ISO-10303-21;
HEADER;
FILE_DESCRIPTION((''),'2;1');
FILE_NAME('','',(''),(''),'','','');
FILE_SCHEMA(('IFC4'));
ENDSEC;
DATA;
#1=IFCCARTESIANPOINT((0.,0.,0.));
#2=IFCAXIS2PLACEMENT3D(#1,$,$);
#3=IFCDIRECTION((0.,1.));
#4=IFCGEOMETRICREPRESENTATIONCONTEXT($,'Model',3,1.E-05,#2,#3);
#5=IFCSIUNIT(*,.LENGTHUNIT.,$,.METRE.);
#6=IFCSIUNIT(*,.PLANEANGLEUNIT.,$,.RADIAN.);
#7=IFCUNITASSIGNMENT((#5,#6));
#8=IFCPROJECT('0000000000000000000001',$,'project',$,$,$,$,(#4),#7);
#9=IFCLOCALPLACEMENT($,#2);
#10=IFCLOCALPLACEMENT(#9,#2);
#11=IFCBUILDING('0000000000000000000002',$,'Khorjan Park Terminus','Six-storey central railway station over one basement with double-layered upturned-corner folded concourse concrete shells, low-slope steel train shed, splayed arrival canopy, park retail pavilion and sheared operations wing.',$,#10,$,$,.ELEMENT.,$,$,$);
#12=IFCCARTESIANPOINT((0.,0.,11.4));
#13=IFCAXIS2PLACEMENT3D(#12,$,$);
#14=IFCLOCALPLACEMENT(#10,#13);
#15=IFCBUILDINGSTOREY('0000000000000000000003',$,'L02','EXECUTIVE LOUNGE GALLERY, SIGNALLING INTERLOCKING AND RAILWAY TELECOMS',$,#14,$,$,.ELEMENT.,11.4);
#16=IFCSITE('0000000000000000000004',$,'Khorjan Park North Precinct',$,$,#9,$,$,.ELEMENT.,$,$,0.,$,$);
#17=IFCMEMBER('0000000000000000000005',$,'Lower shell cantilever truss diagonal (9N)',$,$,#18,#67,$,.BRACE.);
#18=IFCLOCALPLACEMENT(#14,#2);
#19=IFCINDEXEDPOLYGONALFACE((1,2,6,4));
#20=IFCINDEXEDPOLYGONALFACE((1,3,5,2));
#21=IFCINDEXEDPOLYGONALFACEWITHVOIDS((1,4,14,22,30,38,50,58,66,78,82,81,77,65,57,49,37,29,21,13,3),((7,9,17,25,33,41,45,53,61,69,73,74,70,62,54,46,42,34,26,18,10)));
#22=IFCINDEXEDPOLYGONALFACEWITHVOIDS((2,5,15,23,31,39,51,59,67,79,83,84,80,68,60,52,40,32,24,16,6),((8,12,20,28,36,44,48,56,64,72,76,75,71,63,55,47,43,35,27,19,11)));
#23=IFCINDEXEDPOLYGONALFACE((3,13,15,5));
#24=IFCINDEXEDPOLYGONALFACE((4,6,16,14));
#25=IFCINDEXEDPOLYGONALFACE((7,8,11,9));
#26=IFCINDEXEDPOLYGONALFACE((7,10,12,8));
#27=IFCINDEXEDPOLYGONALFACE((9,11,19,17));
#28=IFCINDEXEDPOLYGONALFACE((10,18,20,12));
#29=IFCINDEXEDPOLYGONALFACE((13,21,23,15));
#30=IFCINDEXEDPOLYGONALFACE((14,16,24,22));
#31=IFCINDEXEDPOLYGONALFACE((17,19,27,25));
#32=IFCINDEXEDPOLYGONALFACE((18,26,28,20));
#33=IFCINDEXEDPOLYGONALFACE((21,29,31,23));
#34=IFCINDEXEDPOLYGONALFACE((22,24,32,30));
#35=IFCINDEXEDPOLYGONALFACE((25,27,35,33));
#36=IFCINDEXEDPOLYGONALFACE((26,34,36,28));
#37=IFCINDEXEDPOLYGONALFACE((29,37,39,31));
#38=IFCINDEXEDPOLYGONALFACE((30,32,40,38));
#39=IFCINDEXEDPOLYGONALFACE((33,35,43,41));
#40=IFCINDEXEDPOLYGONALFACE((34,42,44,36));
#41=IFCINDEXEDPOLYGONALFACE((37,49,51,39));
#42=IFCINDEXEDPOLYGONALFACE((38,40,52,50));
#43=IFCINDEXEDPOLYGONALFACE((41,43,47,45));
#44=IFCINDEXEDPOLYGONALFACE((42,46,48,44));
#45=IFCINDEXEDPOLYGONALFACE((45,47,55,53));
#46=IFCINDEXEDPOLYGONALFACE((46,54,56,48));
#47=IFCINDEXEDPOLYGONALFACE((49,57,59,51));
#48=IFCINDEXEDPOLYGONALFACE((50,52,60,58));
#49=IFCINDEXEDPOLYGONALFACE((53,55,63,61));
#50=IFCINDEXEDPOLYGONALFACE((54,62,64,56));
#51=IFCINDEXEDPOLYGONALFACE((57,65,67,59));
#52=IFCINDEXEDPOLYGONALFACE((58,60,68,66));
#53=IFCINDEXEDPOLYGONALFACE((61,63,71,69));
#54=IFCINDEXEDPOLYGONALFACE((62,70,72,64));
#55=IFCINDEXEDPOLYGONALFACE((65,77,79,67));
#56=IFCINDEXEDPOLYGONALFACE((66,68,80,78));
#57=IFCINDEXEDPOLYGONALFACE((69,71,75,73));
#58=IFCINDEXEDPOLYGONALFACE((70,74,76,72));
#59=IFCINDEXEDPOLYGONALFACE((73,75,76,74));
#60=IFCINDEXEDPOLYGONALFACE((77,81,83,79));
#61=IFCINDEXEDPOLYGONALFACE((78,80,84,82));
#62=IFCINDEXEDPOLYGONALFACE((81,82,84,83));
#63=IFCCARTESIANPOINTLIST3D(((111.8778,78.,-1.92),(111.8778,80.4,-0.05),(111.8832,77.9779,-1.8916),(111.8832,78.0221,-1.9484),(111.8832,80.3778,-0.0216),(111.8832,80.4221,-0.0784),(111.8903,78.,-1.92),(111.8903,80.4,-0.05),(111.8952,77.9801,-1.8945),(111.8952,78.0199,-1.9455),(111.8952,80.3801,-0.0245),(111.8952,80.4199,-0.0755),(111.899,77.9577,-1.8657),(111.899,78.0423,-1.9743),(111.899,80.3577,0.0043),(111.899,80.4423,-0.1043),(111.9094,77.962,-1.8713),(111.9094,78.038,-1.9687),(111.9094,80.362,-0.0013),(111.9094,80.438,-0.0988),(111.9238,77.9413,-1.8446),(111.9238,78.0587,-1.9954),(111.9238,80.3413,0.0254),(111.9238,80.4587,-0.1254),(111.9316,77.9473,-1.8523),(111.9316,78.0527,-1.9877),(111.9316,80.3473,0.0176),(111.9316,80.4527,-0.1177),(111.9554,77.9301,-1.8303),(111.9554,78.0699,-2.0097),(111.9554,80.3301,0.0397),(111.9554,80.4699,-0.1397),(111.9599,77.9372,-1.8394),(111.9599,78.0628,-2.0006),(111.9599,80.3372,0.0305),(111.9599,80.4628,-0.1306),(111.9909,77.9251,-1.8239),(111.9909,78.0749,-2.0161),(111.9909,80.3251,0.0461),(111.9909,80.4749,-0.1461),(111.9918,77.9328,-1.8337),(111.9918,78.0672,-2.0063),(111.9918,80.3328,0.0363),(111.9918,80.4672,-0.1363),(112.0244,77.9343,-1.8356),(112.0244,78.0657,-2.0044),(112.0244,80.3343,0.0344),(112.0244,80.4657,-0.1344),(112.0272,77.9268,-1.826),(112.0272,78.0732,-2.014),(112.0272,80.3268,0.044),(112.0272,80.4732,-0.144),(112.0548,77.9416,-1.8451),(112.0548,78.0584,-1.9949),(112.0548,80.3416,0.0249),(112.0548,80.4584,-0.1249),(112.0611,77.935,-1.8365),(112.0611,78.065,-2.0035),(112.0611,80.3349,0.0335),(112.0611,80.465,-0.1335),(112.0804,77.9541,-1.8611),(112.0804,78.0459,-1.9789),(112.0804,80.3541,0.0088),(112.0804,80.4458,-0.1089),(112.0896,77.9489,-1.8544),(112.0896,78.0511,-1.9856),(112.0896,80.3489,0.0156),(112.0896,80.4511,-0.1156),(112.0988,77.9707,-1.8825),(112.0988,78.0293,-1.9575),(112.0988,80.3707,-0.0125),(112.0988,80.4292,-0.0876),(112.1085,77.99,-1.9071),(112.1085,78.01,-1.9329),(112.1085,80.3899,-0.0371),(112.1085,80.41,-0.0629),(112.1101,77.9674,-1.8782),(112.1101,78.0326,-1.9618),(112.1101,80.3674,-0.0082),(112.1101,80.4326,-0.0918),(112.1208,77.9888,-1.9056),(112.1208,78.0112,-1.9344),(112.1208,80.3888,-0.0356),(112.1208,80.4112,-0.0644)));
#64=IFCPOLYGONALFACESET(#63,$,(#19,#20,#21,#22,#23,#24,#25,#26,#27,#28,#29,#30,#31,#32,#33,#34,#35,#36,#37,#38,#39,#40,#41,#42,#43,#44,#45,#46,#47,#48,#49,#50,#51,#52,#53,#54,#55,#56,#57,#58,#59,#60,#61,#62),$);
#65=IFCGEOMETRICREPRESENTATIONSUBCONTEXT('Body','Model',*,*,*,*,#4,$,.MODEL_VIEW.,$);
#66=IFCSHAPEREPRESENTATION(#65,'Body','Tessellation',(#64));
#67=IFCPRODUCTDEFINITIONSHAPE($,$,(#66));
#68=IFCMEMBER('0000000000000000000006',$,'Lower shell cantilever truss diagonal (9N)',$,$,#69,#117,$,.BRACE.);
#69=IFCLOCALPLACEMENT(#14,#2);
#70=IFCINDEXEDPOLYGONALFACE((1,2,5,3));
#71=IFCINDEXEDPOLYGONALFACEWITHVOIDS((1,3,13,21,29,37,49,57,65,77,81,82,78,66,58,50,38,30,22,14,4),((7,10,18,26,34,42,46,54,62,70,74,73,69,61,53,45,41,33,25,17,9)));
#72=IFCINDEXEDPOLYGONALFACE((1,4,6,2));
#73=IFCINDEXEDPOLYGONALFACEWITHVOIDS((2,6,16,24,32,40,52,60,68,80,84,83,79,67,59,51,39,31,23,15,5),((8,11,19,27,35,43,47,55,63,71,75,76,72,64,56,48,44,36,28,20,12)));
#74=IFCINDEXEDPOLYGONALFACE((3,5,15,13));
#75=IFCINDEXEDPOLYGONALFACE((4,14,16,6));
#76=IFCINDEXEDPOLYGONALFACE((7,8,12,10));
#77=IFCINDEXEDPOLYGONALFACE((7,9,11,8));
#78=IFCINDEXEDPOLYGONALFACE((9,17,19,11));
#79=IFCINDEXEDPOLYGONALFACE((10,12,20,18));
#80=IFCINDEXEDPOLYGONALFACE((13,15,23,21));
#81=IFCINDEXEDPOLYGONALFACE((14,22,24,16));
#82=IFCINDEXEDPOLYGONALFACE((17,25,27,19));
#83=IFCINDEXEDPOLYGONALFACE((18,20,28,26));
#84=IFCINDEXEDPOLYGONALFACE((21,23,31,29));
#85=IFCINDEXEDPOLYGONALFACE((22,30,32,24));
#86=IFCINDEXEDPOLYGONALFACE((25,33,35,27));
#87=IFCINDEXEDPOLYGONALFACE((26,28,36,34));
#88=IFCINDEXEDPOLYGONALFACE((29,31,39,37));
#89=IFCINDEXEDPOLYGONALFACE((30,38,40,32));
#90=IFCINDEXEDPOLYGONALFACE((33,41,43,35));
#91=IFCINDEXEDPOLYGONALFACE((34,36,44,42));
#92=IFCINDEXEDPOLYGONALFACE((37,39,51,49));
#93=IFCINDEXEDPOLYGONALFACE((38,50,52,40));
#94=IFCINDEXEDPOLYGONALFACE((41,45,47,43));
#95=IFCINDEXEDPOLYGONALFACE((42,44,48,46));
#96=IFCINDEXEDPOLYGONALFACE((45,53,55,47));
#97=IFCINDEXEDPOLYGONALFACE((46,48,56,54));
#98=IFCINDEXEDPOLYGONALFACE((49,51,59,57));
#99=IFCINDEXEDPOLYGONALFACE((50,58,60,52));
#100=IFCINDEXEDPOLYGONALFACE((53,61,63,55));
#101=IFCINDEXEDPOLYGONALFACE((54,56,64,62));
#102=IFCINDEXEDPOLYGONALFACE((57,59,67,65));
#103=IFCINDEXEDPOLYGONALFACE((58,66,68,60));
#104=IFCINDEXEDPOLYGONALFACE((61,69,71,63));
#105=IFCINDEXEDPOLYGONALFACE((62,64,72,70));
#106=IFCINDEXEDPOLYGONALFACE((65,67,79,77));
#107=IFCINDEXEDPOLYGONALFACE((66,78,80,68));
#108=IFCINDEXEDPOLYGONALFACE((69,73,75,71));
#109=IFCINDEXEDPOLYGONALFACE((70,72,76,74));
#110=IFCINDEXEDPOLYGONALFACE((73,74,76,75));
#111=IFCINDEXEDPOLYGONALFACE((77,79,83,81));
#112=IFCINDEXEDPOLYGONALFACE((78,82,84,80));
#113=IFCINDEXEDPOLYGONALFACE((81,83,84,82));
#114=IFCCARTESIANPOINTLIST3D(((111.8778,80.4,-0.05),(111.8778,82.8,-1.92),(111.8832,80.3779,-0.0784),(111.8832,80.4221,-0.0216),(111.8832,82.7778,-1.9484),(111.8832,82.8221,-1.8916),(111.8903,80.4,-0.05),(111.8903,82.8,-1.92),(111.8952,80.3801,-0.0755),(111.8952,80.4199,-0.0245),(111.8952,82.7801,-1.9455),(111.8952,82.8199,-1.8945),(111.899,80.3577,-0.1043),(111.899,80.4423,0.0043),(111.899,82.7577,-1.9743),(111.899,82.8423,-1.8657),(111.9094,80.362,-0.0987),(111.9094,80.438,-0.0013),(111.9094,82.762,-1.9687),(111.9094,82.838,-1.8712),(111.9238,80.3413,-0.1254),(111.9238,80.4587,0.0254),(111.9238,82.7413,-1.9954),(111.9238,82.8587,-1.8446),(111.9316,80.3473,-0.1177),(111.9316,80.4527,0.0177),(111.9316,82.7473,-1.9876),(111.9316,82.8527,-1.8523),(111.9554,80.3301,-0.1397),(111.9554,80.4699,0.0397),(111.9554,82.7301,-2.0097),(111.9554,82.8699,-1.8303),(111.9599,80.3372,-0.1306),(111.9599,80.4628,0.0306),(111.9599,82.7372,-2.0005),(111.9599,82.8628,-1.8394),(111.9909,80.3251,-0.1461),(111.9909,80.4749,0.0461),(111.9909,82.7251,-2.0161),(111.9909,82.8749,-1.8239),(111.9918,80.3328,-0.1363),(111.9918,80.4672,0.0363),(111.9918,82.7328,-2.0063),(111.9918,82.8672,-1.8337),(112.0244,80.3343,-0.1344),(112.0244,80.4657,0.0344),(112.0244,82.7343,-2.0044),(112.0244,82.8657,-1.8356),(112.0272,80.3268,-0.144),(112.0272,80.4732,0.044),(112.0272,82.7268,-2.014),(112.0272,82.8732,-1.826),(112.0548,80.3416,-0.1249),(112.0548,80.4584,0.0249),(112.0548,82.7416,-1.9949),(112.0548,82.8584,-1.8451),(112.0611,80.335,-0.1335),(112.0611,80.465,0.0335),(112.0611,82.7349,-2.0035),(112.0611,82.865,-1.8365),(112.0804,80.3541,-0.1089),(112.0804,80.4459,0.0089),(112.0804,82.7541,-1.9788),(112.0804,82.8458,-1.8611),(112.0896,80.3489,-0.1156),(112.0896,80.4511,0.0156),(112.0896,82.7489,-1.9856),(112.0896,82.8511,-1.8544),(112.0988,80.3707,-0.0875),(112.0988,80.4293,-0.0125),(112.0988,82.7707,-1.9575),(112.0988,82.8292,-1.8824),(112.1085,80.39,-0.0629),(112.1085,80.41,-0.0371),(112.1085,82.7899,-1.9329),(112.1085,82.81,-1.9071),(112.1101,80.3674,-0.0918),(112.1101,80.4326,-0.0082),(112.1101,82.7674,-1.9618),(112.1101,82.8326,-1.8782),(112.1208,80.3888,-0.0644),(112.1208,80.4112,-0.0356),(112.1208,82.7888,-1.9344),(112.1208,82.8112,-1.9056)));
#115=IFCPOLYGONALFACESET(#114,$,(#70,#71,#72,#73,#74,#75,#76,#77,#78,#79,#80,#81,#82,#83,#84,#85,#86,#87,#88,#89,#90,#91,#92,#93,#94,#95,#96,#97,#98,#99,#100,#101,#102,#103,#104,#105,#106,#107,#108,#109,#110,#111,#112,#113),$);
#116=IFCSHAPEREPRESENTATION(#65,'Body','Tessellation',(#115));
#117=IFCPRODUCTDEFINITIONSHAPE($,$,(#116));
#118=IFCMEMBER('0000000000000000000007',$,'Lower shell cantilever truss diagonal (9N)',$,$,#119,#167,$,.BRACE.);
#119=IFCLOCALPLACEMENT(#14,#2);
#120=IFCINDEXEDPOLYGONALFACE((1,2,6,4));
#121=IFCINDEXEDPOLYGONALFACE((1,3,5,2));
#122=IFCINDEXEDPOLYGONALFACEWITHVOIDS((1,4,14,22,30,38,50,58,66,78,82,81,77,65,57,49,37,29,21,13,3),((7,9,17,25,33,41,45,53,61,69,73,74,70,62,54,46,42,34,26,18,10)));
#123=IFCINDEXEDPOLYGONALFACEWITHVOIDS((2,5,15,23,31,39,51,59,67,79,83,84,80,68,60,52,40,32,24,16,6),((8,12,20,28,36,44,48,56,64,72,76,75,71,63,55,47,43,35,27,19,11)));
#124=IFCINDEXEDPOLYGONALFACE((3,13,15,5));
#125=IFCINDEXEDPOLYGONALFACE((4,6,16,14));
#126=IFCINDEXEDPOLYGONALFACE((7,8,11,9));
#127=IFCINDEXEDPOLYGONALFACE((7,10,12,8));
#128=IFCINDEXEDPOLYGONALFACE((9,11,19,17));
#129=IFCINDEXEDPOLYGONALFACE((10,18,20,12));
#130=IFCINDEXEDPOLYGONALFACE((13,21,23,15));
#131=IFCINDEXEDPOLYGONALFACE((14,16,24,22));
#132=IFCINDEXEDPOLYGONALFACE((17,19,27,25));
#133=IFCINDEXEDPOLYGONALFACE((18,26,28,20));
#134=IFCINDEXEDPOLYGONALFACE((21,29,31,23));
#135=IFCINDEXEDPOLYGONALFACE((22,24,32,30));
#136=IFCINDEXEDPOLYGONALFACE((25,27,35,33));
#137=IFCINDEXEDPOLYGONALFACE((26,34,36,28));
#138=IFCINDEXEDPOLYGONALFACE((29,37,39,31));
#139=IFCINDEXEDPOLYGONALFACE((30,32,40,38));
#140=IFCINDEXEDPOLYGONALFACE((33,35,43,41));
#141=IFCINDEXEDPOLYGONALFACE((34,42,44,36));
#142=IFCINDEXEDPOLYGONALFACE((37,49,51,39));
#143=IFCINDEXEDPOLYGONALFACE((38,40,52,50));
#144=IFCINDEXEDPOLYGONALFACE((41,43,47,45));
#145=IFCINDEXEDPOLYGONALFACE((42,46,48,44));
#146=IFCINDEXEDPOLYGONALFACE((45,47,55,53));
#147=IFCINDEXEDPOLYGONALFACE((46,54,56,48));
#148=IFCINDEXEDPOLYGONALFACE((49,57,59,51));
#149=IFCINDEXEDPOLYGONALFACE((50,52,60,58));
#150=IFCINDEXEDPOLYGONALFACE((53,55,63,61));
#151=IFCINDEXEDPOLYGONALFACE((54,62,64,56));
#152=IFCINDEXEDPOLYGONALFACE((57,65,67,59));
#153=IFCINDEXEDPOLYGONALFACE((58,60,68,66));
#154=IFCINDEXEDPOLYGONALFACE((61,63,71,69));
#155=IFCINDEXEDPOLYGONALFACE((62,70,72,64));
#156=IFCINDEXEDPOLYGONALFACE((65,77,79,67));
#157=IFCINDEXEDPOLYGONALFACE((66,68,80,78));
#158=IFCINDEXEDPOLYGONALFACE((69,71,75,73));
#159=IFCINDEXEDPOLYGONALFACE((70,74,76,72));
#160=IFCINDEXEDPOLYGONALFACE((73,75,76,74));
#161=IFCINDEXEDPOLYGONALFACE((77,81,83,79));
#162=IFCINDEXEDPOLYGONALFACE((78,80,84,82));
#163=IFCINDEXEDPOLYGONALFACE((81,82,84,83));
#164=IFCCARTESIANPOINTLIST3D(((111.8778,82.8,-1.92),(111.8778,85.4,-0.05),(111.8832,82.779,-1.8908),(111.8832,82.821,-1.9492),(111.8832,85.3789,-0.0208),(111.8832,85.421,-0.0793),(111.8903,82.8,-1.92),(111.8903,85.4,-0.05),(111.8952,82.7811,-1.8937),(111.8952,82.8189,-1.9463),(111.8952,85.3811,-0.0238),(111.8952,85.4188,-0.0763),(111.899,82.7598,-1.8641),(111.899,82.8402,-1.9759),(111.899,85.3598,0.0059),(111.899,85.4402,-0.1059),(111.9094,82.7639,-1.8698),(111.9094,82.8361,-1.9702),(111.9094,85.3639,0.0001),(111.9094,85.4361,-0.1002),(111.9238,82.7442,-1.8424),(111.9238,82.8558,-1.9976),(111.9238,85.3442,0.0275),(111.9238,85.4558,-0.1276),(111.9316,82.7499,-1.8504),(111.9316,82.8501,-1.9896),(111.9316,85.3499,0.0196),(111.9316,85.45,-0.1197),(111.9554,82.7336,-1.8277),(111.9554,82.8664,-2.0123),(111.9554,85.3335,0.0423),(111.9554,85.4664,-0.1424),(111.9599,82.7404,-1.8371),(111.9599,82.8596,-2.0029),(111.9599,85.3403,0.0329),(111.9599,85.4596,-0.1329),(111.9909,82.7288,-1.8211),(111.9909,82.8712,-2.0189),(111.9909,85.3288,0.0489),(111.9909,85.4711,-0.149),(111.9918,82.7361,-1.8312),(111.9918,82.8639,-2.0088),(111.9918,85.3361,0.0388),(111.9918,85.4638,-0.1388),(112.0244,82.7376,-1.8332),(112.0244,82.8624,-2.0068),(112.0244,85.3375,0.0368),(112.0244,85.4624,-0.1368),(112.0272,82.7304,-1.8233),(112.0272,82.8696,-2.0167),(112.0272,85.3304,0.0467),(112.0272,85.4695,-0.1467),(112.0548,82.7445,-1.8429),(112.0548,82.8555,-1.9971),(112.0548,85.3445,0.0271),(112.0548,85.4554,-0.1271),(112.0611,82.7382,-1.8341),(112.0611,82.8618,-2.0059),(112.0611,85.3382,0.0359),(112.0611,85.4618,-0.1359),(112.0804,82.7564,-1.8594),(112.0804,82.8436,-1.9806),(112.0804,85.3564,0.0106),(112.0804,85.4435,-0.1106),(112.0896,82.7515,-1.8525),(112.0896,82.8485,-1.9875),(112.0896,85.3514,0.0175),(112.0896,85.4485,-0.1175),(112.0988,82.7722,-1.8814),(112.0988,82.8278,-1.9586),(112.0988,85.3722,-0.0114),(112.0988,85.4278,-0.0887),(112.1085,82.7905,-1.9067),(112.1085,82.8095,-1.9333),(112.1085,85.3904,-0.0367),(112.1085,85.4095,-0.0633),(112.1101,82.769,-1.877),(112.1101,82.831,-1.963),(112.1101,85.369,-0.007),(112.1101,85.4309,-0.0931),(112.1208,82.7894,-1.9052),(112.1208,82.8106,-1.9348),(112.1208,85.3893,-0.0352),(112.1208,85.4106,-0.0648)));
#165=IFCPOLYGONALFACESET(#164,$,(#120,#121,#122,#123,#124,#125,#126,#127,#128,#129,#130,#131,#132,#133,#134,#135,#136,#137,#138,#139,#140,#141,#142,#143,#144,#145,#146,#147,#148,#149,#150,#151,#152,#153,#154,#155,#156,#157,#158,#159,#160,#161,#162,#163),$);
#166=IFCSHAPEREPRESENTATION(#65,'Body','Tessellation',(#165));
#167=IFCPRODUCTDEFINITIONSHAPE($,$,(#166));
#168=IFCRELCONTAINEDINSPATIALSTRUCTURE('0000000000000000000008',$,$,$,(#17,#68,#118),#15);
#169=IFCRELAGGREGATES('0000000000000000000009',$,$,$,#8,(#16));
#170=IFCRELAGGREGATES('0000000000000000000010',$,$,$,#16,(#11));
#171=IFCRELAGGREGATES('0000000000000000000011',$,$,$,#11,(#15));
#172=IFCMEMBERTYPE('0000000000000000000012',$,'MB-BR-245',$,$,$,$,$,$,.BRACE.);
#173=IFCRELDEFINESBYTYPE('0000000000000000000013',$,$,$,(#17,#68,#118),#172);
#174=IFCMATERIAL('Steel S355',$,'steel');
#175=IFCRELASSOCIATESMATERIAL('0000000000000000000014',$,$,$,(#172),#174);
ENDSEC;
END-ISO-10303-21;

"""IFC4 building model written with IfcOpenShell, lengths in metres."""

from ifc_helpers import new_model, si_unit, direction, frame, origin, origin_2d, place, context, subcontext, project, spatial, hollow_circle, extrude, material, material_profile, profile_set, type_object, element, save


model = new_model("IFC4")

# Units and contexts
model_context = context("Model", 3, precision=1e-05, world=origin(), true_north=direction((0.0, 1.0)))
body_context = subcontext(model_context, "Body", "Model", "MODEL_VIEW")
ifc_project = project(units=[si_unit("LENGTHUNIT", "METRE"), si_unit("PLANEANGLEUNIT", "RADIAN")], contexts=[model_context])

# Site, building, storey
site_placement = place(None, origin())
site = spatial("IfcSite", under=ifc_project, at=site_placement, Name="Khorjan Park North Precinct", CompositionType="ELEMENT", RefElevation=0.0)
building_placement = place(site_placement, origin())
building = spatial("IfcBuilding", under=site, at=building_placement, Name="Khorjan Park Terminus", Description="Six-storey central railway station over one basement with double-layered upturned-corner folded concourse concrete shells, low-slope steel train shed, splayed arrival canopy, park retail pavilion and sheared operations wing.", CompositionType="ELEMENT")
storey_placement = place(building_placement, frame((0.0, 0.0, 11.4)))
storey = spatial("IfcBuildingStorey", under=building, at=storey_placement, Name="L02", Description="EXECUTIVE LOUNGE GALLERY, SIGNALLING INTERLOCKING AND RAILWAY TELECOMS", CompositionType="ELEMENT", Elevation=11.4)

# Members
ifc_material_1 = material(Name="Steel S355", Category="steel")
ifc_material_profile_1 = material_profile(ifc_material_1, hollow_circle(Radius=0.1222, WallThickness=0.0125, at=origin_2d()), Name="CHS 244.5x12.5")
ifc_profile_set_1 = profile_set([ifc_material_profile_1], Name="Steel S355")
member_type_1 = type_object("IfcMemberType", Name="MB-BR-245", PredefinedType="BRACE", material=ifc_profile_set_1)
for number, where, z_axis, x_axis, name in (
    (1, (112.0, 78.0, -1.92), (0.0, 0.788821, 0.614623), (-1.0, 0.0, 0.0), "Lower shell cantilever truss diagonal (9N)"),
    (2, (112.0, 80.4, -0.05), (0.0, 0.788821, -0.614623), (-1.0, 0.0, 0.0), "Lower shell cantilever truss diagonal (9N)"),
):
    element("IfcMember", number, at=place(storey_placement, frame(where, z_axis=z_axis, x_axis=x_axis)), inside=storey, type_object=member_type_1, Name=name, PredefinedType="BRACE", context=body_context, shape_type="SweptSolid", body=[
        extrude(hollow_circle(Radius=0.1222, WallThickness=0.0125, at=origin_2d()), origin(), (0.0, 0.0, 1.0), 3.0425),
    ])
for number, where, z_axis, x_axis, name in (
    (3, (112.0, 82.8, -1.92), (0.0, 0.81183, 0.583893), (-1.0, 0.0, 0.0), "Lower shell cantilever truss diagonal (9N)"),
):
    element("IfcMember", number, at=place(storey_placement, frame(where, z_axis=z_axis, x_axis=x_axis)), inside=storey, type_object=member_type_1, Name=name, PredefinedType="BRACE", context=body_context, shape_type="SweptSolid", body=[
        extrude(hollow_circle(Radius=0.1222, WallThickness=0.0125, at=origin_2d()), origin(), (0.0, 0.0, 1.0), 3.2026),
    ])

save(model, "model.ifc")
